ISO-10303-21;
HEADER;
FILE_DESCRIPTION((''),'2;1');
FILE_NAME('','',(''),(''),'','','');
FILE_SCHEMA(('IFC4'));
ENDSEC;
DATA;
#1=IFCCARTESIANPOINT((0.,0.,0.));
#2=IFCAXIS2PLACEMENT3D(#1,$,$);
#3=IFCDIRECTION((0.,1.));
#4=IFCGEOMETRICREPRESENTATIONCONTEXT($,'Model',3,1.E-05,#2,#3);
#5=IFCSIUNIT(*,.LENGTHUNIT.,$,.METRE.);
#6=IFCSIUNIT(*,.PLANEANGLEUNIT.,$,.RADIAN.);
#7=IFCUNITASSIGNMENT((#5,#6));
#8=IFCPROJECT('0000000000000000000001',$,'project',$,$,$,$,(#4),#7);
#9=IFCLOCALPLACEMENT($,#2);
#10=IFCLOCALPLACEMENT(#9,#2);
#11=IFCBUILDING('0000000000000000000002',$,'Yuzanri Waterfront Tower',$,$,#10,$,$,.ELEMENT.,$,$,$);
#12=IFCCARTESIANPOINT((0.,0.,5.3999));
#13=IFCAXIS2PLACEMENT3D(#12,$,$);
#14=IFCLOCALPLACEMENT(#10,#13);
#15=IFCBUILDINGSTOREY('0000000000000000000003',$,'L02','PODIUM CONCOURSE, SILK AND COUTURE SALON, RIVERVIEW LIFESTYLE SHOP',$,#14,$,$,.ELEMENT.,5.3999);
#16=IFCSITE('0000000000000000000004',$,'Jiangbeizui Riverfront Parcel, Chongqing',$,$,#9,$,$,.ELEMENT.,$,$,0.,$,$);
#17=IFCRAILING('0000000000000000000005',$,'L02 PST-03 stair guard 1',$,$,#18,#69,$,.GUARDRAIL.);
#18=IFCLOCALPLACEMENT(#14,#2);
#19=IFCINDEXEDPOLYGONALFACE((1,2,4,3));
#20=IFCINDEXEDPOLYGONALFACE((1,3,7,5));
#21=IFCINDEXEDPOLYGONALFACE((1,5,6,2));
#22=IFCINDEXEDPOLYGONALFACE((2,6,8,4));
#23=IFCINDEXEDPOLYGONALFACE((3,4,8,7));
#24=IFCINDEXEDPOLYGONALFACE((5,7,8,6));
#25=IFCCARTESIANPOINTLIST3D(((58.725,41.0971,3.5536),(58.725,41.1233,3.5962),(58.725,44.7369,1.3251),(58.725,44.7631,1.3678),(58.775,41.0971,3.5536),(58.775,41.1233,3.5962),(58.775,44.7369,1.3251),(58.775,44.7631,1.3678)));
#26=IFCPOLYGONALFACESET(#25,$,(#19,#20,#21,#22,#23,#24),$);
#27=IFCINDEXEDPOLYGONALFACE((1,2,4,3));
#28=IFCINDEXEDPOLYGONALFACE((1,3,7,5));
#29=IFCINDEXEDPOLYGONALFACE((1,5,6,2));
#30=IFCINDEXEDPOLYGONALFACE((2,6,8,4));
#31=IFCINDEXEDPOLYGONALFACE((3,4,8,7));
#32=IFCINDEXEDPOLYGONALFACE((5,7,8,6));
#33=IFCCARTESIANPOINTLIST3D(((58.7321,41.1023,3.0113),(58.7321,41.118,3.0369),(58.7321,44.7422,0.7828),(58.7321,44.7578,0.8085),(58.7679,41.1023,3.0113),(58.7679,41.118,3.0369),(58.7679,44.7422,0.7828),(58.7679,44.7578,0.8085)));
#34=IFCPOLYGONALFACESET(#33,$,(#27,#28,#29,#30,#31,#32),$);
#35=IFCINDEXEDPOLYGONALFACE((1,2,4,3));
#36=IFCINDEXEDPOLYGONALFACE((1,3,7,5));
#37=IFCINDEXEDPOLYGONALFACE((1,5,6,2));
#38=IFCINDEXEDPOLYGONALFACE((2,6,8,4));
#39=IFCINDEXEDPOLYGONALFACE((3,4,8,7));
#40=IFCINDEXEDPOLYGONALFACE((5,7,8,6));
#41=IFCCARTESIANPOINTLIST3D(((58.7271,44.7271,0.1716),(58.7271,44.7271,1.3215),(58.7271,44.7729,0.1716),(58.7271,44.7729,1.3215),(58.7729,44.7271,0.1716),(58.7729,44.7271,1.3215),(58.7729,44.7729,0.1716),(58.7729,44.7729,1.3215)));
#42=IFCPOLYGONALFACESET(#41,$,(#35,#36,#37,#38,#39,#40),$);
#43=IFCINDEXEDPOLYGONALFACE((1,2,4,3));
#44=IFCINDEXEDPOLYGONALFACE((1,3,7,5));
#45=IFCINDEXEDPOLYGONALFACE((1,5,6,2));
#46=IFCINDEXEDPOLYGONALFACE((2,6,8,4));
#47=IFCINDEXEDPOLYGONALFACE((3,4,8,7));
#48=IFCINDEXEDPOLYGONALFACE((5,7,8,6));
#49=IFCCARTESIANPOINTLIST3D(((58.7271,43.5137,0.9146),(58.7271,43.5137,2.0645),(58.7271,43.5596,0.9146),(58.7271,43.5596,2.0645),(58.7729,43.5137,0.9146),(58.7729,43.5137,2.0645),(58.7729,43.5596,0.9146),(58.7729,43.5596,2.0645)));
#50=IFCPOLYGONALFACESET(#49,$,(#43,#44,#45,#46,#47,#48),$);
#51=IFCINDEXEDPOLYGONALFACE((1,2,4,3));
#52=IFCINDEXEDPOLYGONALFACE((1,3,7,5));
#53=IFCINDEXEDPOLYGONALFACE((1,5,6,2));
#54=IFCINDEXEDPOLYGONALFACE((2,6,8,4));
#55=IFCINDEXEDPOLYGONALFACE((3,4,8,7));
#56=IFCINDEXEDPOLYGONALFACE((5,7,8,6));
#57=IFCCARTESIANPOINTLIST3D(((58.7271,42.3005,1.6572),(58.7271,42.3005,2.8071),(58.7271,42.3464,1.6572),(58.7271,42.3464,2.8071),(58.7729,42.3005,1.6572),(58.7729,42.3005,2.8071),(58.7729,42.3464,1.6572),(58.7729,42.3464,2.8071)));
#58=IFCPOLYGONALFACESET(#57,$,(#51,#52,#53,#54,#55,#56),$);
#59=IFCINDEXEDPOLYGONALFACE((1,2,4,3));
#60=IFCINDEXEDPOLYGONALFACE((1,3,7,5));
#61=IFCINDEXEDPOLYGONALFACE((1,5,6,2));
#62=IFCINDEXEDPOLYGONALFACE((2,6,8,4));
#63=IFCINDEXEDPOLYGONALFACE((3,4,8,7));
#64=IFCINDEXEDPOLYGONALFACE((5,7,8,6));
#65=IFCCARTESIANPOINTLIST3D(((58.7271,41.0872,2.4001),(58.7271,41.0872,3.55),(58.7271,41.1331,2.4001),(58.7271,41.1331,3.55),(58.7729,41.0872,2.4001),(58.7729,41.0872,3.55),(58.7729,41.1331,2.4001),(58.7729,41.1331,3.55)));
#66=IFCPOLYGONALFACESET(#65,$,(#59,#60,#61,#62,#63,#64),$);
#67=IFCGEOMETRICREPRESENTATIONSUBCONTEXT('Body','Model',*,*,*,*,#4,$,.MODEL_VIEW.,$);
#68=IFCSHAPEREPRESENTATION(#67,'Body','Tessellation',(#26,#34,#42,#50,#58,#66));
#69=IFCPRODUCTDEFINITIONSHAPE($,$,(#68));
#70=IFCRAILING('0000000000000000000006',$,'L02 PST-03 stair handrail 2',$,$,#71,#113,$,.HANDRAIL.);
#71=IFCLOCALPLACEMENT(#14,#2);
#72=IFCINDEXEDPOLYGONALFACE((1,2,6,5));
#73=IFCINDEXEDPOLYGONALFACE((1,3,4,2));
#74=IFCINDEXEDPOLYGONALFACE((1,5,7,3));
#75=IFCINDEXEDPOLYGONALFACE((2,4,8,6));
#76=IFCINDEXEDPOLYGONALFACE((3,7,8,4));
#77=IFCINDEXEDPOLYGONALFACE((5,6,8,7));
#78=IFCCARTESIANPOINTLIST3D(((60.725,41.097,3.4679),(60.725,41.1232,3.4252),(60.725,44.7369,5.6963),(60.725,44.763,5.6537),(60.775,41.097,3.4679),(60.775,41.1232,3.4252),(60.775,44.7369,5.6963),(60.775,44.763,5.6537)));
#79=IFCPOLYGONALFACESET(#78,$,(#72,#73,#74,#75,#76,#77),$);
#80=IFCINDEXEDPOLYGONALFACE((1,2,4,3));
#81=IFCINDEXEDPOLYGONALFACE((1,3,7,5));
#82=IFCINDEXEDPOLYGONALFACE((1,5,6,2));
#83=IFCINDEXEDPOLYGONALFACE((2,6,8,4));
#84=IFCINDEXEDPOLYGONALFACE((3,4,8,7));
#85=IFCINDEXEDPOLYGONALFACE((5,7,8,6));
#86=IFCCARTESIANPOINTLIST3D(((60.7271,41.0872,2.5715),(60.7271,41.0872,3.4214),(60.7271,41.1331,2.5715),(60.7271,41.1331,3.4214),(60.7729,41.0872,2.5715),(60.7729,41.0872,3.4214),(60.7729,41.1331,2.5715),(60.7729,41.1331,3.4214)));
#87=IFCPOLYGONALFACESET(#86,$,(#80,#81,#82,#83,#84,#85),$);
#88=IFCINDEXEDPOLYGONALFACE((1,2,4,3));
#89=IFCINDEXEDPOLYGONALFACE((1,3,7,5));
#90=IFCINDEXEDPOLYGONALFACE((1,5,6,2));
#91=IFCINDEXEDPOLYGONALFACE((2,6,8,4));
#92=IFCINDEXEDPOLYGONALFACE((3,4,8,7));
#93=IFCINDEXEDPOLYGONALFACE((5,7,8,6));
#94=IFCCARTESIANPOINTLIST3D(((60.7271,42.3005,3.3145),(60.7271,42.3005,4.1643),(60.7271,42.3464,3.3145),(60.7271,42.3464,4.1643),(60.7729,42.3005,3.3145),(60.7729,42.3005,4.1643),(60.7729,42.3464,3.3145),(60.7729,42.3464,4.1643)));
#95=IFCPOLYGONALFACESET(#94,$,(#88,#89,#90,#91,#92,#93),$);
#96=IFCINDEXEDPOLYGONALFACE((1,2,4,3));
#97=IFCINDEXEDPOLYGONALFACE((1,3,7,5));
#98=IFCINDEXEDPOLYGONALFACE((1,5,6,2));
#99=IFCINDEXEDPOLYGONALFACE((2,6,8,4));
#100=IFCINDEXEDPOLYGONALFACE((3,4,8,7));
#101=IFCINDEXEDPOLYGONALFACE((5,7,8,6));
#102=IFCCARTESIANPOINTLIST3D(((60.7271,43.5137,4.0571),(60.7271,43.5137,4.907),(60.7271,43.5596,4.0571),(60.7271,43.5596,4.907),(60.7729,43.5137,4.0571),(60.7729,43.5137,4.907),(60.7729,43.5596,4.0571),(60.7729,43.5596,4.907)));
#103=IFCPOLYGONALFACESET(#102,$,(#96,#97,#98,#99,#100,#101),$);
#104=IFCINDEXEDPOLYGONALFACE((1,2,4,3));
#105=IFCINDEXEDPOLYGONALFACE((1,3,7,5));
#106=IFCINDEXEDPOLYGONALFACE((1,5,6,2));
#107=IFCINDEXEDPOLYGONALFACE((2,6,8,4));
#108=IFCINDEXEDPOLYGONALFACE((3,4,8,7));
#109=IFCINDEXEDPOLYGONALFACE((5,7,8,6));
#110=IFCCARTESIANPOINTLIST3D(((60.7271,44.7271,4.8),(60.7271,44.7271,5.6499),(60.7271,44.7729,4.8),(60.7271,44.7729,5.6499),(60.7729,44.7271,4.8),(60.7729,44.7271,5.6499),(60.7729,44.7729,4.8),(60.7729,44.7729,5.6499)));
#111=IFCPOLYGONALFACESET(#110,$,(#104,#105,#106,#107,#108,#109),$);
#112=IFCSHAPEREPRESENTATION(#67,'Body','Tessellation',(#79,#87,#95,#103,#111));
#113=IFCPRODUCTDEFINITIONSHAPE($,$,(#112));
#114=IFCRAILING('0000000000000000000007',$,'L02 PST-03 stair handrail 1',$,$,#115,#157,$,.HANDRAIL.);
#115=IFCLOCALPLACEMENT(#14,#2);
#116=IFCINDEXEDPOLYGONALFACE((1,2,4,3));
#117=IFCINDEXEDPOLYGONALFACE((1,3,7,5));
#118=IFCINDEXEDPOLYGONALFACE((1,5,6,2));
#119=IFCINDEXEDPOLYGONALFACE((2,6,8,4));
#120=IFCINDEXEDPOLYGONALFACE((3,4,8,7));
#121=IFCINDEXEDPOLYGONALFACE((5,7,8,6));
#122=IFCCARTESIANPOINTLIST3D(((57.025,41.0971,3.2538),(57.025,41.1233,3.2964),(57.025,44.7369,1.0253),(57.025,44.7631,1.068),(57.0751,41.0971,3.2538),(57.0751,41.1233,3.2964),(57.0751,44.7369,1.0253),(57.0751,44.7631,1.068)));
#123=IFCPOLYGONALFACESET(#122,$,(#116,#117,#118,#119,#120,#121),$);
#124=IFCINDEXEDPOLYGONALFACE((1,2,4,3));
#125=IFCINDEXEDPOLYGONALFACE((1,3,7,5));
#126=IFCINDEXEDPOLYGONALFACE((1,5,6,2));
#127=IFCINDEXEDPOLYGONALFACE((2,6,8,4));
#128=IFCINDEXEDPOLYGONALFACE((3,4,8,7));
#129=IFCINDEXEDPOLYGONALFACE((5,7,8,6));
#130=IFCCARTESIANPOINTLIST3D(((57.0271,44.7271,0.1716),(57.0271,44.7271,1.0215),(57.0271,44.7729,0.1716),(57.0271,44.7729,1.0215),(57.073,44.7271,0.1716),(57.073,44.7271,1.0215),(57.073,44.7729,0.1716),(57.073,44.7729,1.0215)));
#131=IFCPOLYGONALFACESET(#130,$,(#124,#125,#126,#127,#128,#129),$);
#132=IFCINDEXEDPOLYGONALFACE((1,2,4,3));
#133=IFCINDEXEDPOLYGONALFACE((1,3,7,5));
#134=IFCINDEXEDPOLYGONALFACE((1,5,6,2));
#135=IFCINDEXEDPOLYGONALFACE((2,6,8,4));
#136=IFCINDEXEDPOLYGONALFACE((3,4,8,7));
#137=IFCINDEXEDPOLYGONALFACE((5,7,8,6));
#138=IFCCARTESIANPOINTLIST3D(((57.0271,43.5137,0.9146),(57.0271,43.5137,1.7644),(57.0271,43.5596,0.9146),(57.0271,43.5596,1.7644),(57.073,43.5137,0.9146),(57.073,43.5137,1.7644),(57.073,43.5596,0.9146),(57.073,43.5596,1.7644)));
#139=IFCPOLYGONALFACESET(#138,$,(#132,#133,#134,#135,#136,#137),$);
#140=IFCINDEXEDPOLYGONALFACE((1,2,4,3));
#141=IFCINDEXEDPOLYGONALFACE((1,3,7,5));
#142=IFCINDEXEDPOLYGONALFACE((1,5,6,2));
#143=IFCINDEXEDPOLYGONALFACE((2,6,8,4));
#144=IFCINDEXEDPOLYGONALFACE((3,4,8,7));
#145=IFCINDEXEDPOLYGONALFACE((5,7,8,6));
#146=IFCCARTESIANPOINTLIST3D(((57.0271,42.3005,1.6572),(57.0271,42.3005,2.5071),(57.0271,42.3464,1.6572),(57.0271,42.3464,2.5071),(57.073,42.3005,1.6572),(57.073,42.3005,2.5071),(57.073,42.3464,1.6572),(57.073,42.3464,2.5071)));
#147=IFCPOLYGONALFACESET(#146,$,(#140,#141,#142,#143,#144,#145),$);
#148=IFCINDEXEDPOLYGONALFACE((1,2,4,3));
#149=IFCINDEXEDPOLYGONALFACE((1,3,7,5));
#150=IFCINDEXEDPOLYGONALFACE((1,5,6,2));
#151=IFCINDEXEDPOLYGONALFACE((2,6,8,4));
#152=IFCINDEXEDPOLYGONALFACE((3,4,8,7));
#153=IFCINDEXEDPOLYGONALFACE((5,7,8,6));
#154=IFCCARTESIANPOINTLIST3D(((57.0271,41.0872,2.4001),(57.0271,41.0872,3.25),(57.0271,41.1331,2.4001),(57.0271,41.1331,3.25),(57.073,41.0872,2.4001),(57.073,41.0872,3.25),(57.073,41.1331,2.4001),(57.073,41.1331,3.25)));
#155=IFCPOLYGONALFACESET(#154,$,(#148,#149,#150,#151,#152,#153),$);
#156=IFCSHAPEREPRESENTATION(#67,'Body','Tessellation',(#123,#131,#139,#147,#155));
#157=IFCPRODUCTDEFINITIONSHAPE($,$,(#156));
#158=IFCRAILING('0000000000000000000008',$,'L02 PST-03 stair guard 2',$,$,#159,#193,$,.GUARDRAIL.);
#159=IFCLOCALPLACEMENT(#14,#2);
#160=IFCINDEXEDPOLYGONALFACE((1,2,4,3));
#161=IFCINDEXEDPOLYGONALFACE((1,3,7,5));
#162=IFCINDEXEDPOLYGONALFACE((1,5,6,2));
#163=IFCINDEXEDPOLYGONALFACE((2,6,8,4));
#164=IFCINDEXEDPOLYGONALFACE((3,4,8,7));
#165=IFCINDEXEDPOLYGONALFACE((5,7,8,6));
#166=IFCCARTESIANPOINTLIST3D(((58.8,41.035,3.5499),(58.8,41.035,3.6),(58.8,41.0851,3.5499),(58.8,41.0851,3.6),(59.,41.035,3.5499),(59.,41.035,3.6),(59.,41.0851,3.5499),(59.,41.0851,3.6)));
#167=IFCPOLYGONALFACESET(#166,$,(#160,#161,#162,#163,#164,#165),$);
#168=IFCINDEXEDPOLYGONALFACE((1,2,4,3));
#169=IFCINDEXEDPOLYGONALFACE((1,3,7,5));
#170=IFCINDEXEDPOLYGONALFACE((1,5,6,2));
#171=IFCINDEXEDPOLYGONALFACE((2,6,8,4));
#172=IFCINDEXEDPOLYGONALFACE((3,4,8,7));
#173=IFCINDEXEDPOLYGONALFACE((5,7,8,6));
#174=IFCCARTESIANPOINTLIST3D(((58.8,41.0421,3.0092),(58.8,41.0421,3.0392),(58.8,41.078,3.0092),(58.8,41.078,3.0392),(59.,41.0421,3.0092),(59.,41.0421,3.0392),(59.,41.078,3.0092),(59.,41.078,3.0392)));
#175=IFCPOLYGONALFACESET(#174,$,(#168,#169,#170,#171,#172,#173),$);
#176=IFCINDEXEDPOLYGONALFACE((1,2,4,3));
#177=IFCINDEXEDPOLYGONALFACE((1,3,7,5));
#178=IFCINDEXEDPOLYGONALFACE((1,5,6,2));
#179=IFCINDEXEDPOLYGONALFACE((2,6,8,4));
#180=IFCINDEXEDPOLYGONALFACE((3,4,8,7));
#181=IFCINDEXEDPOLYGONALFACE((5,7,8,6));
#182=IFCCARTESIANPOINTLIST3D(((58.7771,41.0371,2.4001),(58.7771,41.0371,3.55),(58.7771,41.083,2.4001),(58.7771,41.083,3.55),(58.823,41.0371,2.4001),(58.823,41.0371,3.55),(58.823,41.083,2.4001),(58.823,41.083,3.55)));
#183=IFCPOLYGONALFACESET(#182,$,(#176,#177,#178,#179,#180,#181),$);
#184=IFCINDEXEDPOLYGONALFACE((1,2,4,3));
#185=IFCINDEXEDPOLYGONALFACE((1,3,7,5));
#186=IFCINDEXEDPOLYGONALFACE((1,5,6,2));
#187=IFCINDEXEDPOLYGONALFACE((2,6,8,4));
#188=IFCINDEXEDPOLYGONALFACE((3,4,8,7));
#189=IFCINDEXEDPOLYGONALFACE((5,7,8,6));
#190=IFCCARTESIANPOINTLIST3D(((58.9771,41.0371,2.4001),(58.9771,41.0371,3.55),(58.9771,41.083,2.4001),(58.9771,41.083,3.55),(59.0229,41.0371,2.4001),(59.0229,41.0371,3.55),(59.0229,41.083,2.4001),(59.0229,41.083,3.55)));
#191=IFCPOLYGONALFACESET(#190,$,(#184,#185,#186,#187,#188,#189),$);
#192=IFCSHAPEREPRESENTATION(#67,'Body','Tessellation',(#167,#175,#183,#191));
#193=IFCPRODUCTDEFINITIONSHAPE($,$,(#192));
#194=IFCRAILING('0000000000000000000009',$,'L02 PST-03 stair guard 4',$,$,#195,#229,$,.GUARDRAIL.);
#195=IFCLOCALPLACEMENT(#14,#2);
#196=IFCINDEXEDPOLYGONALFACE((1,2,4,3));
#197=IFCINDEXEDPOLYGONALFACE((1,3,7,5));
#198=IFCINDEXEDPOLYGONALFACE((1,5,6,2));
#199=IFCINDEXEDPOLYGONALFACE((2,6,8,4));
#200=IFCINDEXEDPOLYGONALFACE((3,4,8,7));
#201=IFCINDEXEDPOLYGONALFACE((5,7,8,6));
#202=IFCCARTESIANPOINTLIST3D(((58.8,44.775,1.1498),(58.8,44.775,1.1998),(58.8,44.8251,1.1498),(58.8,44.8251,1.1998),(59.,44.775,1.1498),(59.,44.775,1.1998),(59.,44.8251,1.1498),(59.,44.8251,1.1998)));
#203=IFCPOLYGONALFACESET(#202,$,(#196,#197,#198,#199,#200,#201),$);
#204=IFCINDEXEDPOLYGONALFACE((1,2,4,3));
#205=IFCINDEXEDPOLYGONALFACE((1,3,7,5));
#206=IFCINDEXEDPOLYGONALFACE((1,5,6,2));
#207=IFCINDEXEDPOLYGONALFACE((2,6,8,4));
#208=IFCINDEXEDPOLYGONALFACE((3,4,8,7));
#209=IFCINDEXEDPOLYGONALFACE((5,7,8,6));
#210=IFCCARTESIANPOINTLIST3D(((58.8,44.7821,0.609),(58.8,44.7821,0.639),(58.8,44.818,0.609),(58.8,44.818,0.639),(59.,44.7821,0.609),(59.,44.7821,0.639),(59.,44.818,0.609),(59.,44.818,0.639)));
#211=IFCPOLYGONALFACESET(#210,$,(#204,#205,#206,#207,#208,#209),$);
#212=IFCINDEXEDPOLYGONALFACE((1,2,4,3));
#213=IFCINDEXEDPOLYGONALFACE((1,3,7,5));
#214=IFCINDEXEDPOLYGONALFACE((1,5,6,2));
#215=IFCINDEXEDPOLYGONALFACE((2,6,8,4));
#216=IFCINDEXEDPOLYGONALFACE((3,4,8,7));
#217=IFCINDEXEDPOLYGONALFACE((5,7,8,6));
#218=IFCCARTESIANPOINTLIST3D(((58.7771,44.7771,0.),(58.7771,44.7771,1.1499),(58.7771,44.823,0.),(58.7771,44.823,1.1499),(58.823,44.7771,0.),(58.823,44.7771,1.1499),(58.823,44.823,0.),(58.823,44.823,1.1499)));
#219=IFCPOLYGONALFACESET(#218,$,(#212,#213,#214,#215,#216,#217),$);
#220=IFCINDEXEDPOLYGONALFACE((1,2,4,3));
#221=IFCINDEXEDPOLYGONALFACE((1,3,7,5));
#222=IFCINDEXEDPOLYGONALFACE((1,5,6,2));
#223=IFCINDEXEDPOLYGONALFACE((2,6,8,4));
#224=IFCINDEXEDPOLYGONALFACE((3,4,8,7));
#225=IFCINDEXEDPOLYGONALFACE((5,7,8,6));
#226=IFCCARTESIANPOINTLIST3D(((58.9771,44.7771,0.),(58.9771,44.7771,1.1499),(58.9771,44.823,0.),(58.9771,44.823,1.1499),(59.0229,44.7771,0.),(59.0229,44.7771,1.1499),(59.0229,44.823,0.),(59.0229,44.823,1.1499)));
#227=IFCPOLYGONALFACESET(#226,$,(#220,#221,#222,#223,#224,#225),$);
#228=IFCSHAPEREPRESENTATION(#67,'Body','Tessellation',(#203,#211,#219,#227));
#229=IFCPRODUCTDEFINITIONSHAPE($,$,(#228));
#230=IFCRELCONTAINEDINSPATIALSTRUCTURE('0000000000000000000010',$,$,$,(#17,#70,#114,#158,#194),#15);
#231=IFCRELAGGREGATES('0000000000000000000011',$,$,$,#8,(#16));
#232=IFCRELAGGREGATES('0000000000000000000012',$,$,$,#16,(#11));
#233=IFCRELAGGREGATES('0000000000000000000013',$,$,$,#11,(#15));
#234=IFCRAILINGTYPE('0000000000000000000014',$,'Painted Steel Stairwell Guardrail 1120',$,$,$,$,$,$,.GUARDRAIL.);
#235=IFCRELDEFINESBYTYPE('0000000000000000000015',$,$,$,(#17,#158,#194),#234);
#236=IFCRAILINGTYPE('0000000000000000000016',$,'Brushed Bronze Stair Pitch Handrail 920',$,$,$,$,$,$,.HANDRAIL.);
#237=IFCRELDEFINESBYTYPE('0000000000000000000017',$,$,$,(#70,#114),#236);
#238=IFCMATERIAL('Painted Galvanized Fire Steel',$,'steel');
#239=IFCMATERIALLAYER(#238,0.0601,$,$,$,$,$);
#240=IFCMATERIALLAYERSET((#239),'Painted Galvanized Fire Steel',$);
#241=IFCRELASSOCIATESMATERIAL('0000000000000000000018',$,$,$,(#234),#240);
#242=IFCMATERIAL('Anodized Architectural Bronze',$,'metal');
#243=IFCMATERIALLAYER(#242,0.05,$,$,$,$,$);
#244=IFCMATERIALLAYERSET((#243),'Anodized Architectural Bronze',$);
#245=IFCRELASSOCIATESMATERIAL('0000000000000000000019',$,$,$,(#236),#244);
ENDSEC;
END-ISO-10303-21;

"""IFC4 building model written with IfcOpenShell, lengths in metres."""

from ifc_helpers import new_model, si_unit, direction, frame, origin, origin_2d, place, context, subcontext, project, spatial, rectangle, extrude, source, transform, mapped, material, layer, layer_set, type_object, element, save


model = new_model("IFC4")

# Units and contexts
model_context = context("Model", 3, precision=1e-05, world=origin(), true_north=direction((0.0, 1.0)))
body_context = subcontext(model_context, "Body", "Model", "MODEL_VIEW")
ifc_project = project(units=[si_unit("LENGTHUNIT", "METRE"), si_unit("PLANEANGLEUNIT", "RADIAN")], contexts=[model_context])

# Site, building, storey
site_placement = place(None, origin())
site = spatial("IfcSite", under=ifc_project, at=site_placement, Name="Jiangbeizui Riverfront Parcel, Chongqing", CompositionType="ELEMENT", RefElevation=0.0)
building_placement = place(site_placement, origin())
building = spatial("IfcBuilding", under=site, at=building_placement, Name="Yuzanri Waterfront Tower", CompositionType="ELEMENT")
storey_placement = place(building_placement, frame((0.0, 0.0, 5.3999)))
storey = spatial("IfcBuildingStorey", under=building, at=storey_placement, Name="L02", Description="PODIUM CONCOURSE, SILK AND COUTURE SALON, RIVERVIEW LIFESTYLE SHOP", CompositionType="ELEMENT", Elevation=5.3999)

# Railings
ifc_material_1 = material(Name="Painted Galvanized Fire Steel", Category="steel")
ifc_layer_1 = layer(ifc_material_1, 0.0601)
ifc_layer_set_1 = layer_set([ifc_layer_1], Name="Painted Galvanized Fire Steel")
railing_type_1 = type_object("IfcRailingType", Name="Painted Steel Stairwell Guardrail 1120", PredefinedType="GUARDRAIL", material=ifc_layer_set_1)
shared_shape_1 = source(origin(), body_context, "Body", "SweptSolid", [
    extrude(rectangle(XDim=0.05, YDim=0.05, at=origin_2d()), frame((0.0, 0.0, 1.1748), z_axis=(0.0, -0.85285, 0.522156), x_axis=(1.0, 0.0, 0.0)), (0.0, 0.0, 1.0), 4.2678),
    extrude(rectangle(XDim=0.0359, YDim=0.03, at=origin_2d()), frame((0.0, 0.0, 0.624), z_axis=(0.0, -0.85285, 0.522156), x_axis=(1.0, 0.0, 0.0)), (0.0, 0.0, 1.0), 4.2678),
    extrude(rectangle(XDim=0.0459, YDim=0.0459, at=origin_2d()), origin(), (0.0, 0.0, 1.0), 1.1499),
    extrude(rectangle(XDim=0.0459, YDim=0.0459, at=origin_2d()), frame((0.0, -1.2134, 0.7429)), (0.0, 0.0, 1.0), 1.1499),
    extrude(rectangle(XDim=0.0459, YDim=0.0459, at=origin_2d()), frame((0.0, -2.4265, 1.4856)), (0.0, 0.0, 1.0), 1.1499),
    extrude(rectangle(XDim=0.0459, YDim=0.0459, at=origin_2d()), frame((0.0, -3.6399, 2.2285)), (0.0, 0.0, 1.0), 1.1499),
])
railing_1_placement = place(storey_placement, frame((58.75, 44.75, 0.1716)))
element("IfcRailing", 1, at=railing_1_placement, inside=storey, type_object=railing_type_1, Name="L02 PST-03 stair guard 1", PredefinedType="GUARDRAIL", context=body_context, shape_type="MappedRepresentation", body=[
    mapped(shared_shape_1, transform((0.0, 0.0, 0.0), scale=1.0)),
])
ifc_material_2 = material(Name="Anodized Architectural Bronze", Category="metal")
ifc_layer_2 = layer(ifc_material_2, 0.05)
ifc_layer_set_2 = layer_set([ifc_layer_2], Name="Anodized Architectural Bronze")
railing_type_2 = type_object("IfcRailingType", Name="Brushed Bronze Stair Pitch Handrail 920", PredefinedType="HANDRAIL", material=ifc_layer_set_2)
shared_shape_2 = source(origin(), body_context, "Body", "SweptSolid", [
    extrude(rectangle(XDim=0.05, YDim=0.05, at=origin_2d()), frame((0.0, 0.0, 0.875), z_axis=(0.0, 0.85285, 0.522156), x_axis=(-1.0, 0.0, 0.0)), (0.0, 0.0, 1.0), 4.2678),
    extrude(rectangle(XDim=0.0459, YDim=0.0459, at=origin_2d()), origin(), (0.0, 0.0, 1.0), 0.8499),
    extrude(rectangle(XDim=0.0459, YDim=0.0459, at=origin_2d()), frame((0.0, 1.2134, 0.7429)), (0.0, 0.0, 1.0), 0.8499),
    extrude(rectangle(XDim=0.0459, YDim=0.0459, at=origin_2d()), frame((0.0, 2.4265, 1.4856)), (0.0, 0.0, 1.0), 0.8499),
    extrude(rectangle(XDim=0.0459, YDim=0.0459, at=origin_2d()), frame((0.0, 3.6399, 2.2285)), (0.0, 0.0, 1.0), 0.8499),
])
railing_2_placement = place(storey_placement, frame((60.75, 41.1101, 2.5715)))
element("IfcRailing", 2, at=railing_2_placement, inside=storey, type_object=railing_type_2, Name="L02 PST-03 stair handrail 2", PredefinedType="HANDRAIL", context=body_context, shape_type="MappedRepresentation", body=[
    mapped(shared_shape_2, transform((0.0, 0.0, 0.0), scale=1.0)),
])
shared_shape_3 = source(origin(), body_context, "Body", "SweptSolid", [
    extrude(rectangle(XDim=0.05, YDim=0.05, at=origin_2d()), frame((0.0, 0.0, 0.875), z_axis=(0.0, -0.85285, 0.522156), x_axis=(1.0, 0.0, 0.0)), (0.0, 0.0, 1.0), 4.2678),
    extrude(rectangle(XDim=0.0459, YDim=0.0459, at=origin_2d()), origin(), (0.0, 0.0, 1.0), 0.8499),
    extrude(rectangle(XDim=0.0459, YDim=0.0459, at=origin_2d()), frame((0.0, -1.2134, 0.7429)), (0.0, 0.0, 1.0), 0.8499),
    extrude(rectangle(XDim=0.0459, YDim=0.0459, at=origin_2d()), frame((0.0, -2.4265, 1.4856)), (0.0, 0.0, 1.0), 0.8499),
    extrude(rectangle(XDim=0.0459, YDim=0.0459, at=origin_2d()), frame((0.0, -3.6399, 2.2285)), (0.0, 0.0, 1.0), 0.8499),
])
railing_3_placement = place(storey_placement, frame((57.05, 44.75, 0.1716)))
element("IfcRailing", 3, at=railing_3_placement, inside=storey, type_object=railing_type_2, Name="L02 PST-03 stair handrail 1", PredefinedType="HANDRAIL", context=body_context, shape_type="MappedRepresentation", body=[
    mapped(shared_shape_3, transform((0.0, 0.0, 0.0), scale=1.0)),
])
shared_shape_4 = source(origin(), body_context, "Body", "SweptSolid", [
    extrude(rectangle(XDim=0.05, YDim=0.05, at=origin_2d()), frame((0.0, 0.0, 1.1748), z_axis=(1.0, 0.0, 0.0), x_axis=(0.0, 1.0, 0.0)), (0.0, 0.0, 1.0), 0.2),
    extrude(rectangle(XDim=0.0359, YDim=0.03, at=origin_2d()), frame((0.0, 0.0, 0.624), z_axis=(1.0, 0.0, 0.0), x_axis=(0.0, 1.0, 0.0)), (0.0, 0.0, 1.0), 0.2),
    extrude(rectangle(XDim=0.0459, YDim=0.0459, at=origin_2d()), origin(), (0.0, 0.0, 1.0), 1.1499),
    extrude(rectangle(XDim=0.0459, YDim=0.0459, at=origin_2d()), frame((0.2, 0.0, 0.0)), (0.0, 0.0, 1.0), 1.1499),
])
for number, where, name in (
    (4, (58.8, 41.0601, 2.4001), "L02 PST-03 stair guard 2"),
    (5, (58.8, 44.8, 0.0), "L02 PST-03 stair guard 4"),
):
    element("IfcRailing", number, at=place(storey_placement, frame(where)), inside=storey, type_object=railing_type_1, Name=name, PredefinedType="GUARDRAIL", context=body_context, shape_type="MappedRepresentation", body=[
        mapped(shared_shape_4, transform((0.0, 0.0, 0.0), scale=1.0)),
    ])

save(model, "model.ifc")
